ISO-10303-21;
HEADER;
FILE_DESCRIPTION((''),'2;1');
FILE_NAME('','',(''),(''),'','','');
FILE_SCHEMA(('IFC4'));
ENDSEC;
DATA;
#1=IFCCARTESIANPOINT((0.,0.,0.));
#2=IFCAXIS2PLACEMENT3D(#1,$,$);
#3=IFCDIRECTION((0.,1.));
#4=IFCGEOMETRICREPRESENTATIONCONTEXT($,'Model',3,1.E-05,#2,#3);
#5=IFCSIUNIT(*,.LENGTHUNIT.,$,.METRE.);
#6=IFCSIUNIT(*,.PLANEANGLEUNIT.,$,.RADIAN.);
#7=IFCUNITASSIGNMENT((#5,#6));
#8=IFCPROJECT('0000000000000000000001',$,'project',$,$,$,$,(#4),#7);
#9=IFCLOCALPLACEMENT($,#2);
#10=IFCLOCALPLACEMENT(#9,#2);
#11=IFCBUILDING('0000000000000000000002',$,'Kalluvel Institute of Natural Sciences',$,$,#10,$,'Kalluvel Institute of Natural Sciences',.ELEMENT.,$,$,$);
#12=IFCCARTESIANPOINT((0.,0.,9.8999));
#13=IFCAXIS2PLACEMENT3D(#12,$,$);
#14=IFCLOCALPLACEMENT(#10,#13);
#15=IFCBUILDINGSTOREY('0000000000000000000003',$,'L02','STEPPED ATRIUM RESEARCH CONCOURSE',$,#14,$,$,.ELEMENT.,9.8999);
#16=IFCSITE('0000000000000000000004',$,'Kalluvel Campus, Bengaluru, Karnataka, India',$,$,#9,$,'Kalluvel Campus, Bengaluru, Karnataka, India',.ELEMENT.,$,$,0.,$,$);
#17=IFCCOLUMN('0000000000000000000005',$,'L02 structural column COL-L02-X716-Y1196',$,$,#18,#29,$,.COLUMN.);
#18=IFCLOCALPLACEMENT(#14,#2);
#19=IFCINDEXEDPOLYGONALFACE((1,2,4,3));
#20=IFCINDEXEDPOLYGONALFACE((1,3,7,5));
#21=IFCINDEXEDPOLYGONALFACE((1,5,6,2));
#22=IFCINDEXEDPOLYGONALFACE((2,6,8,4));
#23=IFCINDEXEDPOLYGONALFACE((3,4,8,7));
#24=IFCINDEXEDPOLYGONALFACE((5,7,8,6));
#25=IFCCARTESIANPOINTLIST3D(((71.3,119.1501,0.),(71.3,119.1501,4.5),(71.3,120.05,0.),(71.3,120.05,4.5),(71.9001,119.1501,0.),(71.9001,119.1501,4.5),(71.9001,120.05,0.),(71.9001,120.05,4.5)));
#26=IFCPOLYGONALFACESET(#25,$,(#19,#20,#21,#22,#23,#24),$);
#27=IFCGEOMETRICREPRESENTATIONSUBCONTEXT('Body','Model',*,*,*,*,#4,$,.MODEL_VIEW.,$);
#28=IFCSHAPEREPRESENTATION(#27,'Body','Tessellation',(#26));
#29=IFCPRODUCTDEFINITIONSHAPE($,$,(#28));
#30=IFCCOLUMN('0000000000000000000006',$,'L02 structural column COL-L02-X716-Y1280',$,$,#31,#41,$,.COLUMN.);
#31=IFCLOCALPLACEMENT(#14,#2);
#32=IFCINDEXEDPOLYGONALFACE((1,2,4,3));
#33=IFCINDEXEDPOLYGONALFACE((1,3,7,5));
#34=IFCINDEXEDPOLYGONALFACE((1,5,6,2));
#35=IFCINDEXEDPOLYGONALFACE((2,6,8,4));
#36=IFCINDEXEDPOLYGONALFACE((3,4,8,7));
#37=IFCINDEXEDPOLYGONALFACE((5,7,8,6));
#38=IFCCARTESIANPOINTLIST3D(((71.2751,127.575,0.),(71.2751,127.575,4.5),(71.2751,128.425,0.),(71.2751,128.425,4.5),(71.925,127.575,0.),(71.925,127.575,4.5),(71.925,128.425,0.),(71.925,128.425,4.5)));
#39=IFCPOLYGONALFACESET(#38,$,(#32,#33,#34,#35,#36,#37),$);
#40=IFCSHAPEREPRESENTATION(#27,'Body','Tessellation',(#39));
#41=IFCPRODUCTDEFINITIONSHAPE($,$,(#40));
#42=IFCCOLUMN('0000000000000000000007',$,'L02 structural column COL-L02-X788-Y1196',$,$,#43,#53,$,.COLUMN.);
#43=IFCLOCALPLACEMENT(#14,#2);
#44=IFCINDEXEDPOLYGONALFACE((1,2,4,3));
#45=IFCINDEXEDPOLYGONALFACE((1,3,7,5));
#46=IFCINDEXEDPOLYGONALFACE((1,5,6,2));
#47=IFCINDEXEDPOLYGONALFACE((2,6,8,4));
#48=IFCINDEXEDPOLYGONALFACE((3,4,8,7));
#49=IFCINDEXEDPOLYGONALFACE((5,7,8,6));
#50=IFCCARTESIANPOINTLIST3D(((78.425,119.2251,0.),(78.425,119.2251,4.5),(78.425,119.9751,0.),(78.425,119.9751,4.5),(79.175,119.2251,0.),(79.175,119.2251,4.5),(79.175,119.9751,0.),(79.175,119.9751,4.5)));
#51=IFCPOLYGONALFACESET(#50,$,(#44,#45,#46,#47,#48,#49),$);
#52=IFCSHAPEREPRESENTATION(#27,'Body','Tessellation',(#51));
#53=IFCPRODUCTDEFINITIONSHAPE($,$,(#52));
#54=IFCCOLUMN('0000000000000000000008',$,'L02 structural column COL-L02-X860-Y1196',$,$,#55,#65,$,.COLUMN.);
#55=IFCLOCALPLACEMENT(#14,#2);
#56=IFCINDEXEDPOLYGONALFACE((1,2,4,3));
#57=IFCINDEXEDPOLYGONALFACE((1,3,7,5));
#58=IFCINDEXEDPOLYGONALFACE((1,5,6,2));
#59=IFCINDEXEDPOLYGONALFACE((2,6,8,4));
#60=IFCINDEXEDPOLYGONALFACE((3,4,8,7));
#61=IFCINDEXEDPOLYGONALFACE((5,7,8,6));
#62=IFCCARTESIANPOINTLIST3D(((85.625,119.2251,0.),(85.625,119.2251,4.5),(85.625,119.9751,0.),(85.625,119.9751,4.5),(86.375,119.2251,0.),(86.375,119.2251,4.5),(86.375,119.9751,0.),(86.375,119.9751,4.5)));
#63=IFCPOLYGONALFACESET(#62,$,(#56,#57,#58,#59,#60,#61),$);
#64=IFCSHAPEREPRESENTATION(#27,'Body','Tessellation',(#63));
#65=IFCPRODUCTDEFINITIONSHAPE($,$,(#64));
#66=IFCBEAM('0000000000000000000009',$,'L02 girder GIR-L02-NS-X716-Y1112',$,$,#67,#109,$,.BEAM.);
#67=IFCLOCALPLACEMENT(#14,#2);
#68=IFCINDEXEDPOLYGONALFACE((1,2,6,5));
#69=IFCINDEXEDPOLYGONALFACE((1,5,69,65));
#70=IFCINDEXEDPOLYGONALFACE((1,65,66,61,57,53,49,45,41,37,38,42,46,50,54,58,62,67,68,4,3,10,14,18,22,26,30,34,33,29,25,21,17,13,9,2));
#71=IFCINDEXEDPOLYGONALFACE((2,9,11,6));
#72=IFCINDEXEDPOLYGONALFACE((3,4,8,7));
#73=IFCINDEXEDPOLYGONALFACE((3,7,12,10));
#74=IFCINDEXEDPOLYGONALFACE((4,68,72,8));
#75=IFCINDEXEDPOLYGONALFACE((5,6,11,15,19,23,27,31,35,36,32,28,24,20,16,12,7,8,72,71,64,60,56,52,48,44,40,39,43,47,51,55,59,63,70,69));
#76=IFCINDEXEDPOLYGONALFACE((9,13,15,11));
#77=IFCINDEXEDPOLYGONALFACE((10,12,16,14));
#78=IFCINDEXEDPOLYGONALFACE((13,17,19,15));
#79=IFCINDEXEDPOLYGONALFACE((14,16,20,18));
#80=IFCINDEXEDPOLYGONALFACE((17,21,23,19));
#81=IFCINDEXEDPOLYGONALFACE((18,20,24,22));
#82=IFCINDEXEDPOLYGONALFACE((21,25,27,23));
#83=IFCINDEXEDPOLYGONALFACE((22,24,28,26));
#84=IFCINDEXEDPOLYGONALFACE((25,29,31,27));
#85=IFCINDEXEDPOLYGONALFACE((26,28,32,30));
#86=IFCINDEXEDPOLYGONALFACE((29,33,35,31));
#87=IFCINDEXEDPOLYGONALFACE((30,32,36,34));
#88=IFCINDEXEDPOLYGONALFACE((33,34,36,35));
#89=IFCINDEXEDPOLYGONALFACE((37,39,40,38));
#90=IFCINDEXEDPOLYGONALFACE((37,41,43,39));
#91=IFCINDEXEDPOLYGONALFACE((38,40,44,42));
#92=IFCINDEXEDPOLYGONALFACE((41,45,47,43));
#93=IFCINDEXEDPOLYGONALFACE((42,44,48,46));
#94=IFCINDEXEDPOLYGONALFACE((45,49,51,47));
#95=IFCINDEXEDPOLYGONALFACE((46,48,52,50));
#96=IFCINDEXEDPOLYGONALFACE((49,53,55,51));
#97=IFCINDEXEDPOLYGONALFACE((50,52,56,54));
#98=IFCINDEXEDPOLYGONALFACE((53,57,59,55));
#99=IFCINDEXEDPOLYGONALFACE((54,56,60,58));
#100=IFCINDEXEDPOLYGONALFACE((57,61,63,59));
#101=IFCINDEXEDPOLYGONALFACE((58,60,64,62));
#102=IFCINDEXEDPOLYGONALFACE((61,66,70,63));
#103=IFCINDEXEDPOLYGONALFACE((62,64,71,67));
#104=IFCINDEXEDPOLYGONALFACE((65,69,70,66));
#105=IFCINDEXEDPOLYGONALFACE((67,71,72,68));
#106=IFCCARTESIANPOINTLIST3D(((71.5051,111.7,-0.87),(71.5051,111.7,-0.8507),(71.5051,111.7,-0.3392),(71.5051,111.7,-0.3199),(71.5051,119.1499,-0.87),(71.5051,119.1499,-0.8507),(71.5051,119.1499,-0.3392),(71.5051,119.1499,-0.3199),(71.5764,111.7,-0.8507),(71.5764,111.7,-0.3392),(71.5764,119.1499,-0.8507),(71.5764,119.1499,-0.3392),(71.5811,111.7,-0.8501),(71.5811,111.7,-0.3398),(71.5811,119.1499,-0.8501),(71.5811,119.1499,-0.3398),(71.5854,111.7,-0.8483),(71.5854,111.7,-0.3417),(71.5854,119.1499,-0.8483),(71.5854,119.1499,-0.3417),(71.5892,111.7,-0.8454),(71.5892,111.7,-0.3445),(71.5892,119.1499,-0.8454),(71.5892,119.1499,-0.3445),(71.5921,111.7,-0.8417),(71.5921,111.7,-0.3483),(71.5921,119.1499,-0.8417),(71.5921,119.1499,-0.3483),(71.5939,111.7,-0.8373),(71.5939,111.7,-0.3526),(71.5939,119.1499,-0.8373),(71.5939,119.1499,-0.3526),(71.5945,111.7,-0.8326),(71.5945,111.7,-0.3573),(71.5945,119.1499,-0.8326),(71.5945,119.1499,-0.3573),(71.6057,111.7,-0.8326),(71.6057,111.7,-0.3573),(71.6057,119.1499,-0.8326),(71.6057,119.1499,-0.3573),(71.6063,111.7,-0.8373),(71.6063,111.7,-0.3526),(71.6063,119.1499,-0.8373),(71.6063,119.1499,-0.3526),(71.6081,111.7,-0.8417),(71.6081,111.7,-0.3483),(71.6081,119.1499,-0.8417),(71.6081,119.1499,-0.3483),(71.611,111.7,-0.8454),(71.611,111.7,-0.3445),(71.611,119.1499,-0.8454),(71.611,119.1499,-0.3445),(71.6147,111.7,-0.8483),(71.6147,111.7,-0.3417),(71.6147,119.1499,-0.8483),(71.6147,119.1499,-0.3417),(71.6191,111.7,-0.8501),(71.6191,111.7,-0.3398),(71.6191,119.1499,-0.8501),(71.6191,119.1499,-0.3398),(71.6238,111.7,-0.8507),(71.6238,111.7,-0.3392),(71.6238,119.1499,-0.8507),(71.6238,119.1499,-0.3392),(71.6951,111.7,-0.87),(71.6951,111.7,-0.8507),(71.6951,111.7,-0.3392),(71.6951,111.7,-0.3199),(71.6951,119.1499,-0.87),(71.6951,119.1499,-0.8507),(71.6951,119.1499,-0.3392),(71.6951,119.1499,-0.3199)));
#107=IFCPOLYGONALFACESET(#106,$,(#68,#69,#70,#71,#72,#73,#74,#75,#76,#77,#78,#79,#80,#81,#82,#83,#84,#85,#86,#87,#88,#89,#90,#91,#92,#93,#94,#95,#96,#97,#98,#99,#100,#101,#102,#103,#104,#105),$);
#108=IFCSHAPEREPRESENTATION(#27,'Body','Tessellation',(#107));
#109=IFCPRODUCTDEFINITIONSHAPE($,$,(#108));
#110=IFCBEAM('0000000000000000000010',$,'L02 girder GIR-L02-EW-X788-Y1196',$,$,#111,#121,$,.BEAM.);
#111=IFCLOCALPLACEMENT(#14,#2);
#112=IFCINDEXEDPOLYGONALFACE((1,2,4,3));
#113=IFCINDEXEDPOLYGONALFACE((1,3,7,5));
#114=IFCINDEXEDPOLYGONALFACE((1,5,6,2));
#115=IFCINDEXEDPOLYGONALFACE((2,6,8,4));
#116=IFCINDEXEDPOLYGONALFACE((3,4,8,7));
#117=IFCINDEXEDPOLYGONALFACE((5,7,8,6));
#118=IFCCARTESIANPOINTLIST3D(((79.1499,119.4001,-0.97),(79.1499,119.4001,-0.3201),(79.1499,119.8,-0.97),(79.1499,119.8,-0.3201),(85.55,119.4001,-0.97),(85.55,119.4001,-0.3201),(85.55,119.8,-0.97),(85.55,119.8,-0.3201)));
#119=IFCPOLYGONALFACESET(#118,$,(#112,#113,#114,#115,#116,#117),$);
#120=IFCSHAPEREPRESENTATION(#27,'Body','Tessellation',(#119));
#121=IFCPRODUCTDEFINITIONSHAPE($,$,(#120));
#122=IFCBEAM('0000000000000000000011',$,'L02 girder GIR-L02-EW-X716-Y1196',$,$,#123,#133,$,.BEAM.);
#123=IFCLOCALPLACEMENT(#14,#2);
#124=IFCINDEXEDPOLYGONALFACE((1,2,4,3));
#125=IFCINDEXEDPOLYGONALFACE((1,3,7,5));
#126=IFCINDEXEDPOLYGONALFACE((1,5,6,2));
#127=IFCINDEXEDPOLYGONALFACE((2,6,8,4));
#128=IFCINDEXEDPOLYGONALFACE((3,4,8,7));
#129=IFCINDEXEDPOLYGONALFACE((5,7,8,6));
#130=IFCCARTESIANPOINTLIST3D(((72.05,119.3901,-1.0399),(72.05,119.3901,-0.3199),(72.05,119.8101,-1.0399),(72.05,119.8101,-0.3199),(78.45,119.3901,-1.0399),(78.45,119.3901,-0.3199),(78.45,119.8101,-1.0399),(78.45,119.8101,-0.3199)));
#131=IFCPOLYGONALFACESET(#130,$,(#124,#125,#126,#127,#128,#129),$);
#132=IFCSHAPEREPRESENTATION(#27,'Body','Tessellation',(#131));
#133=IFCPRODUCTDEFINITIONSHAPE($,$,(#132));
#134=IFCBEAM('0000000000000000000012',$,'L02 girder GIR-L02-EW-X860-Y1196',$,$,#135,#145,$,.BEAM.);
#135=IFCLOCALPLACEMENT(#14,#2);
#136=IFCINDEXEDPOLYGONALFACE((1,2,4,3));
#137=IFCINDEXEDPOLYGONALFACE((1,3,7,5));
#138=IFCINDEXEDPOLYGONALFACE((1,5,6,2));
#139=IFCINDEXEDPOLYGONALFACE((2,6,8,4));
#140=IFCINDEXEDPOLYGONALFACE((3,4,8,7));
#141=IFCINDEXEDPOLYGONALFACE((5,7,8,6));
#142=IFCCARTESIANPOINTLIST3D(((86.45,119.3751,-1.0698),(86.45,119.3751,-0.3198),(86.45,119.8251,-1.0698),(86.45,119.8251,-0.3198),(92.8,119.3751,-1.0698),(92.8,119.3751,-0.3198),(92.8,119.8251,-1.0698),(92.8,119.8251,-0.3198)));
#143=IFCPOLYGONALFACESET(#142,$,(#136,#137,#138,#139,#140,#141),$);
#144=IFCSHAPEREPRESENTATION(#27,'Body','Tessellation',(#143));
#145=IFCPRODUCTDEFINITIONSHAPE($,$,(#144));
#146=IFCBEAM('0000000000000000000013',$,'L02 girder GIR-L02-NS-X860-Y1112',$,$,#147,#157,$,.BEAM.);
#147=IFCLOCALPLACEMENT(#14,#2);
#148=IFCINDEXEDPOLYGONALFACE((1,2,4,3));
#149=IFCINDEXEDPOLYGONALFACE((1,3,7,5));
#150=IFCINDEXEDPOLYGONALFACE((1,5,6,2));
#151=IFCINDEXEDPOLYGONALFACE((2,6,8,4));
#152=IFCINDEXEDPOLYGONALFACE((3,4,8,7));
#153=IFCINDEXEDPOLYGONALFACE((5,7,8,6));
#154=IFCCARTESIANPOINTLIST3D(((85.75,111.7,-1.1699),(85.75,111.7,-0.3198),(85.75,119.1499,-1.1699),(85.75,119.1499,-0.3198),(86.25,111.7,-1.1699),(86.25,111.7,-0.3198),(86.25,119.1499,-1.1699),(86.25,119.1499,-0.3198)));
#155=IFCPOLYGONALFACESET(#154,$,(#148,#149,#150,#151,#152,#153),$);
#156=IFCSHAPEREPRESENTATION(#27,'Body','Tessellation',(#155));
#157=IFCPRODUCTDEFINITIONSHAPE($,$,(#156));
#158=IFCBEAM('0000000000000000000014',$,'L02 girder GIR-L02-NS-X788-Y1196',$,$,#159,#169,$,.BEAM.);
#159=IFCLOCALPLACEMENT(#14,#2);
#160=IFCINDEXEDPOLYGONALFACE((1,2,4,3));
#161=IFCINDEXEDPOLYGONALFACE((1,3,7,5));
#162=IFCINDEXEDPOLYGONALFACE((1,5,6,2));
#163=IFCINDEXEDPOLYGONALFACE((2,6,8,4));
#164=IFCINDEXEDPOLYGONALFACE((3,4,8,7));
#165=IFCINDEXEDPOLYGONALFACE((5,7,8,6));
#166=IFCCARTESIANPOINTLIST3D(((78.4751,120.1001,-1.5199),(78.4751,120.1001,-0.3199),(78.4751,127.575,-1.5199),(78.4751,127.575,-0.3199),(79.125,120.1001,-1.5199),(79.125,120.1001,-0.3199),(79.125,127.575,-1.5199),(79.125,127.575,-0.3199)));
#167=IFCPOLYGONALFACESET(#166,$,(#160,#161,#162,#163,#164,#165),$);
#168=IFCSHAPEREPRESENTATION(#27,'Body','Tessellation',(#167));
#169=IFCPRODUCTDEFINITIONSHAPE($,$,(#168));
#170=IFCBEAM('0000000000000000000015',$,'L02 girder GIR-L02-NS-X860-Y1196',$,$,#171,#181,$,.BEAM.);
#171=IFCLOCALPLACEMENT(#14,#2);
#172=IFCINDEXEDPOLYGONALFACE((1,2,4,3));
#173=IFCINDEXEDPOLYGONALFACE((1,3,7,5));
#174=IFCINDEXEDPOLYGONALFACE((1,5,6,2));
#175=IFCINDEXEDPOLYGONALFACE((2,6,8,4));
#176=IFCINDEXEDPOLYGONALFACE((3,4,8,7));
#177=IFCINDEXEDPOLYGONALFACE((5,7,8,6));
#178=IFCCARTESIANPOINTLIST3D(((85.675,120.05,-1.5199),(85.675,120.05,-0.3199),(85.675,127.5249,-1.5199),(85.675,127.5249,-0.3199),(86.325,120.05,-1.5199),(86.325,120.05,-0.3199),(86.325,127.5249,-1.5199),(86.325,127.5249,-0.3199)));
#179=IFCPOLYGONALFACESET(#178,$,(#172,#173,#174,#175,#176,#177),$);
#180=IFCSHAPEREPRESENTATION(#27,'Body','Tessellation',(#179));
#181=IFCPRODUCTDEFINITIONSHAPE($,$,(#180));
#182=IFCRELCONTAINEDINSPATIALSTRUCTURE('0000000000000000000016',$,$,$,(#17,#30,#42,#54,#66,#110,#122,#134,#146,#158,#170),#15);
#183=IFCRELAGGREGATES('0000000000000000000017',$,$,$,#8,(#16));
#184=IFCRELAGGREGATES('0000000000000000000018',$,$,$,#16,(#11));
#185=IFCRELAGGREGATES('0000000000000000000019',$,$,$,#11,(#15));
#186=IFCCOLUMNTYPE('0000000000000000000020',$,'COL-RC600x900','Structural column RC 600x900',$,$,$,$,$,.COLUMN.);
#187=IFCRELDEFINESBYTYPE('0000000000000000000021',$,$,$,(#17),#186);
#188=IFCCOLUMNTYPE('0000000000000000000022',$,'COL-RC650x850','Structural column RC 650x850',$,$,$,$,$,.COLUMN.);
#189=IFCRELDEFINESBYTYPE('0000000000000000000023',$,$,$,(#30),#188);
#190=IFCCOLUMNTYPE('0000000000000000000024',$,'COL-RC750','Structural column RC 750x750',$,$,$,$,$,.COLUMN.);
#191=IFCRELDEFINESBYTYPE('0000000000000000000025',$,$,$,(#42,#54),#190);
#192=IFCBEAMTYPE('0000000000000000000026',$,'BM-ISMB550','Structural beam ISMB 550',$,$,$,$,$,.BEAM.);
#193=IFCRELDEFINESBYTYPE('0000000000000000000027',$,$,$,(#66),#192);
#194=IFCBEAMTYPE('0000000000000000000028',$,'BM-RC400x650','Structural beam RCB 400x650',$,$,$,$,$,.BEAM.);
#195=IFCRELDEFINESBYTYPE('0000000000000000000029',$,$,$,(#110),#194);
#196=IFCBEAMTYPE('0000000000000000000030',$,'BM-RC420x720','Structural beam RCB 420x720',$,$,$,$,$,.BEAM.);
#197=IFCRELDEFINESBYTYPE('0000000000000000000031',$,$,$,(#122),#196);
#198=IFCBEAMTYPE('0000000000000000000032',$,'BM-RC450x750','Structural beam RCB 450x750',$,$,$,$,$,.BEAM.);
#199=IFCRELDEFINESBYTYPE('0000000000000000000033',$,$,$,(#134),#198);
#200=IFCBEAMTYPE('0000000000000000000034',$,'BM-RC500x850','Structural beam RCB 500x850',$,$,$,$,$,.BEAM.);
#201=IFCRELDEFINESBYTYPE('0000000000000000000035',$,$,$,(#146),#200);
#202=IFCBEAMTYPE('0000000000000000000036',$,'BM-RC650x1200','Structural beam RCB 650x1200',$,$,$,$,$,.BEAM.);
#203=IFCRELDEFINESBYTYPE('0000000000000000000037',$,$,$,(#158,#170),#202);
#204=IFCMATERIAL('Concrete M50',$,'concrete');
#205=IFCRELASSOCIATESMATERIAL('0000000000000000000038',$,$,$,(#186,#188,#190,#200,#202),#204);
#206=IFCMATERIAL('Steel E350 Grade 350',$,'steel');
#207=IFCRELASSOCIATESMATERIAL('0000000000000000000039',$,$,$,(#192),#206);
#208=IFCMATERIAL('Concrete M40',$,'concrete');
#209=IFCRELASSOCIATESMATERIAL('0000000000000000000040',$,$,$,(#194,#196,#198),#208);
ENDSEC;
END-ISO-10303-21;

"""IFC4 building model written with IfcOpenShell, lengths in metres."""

from ifc_helpers import new_model, si_unit, direction, frame, origin, origin_2d, place, context, subcontext, project, spatial, rectangle, i_section, extrude, material, material_profile, profile_set, type_object, element, save


model = new_model("IFC4")

# Units and contexts
model_context = context("Model", 3, precision=1e-05, world=origin(), true_north=direction((0.0, 1.0)))
body_context = subcontext(model_context, "Body", "Model", "MODEL_VIEW")
ifc_project = project(units=[si_unit("LENGTHUNIT", "METRE"), si_unit("PLANEANGLEUNIT", "RADIAN")], contexts=[model_context])

# Site, building, storey
site_placement = place(None, origin())
site = spatial("IfcSite", under=ifc_project, at=site_placement, Name="Kalluvel Campus, Bengaluru, Karnataka, India", LongName="Kalluvel Campus, Bengaluru, Karnataka, India", CompositionType="ELEMENT", RefElevation=0.0)
building_placement = place(site_placement, origin())
building = spatial("IfcBuilding", under=site, at=building_placement, Name="Kalluvel Institute of Natural Sciences", LongName="Kalluvel Institute of Natural Sciences", CompositionType="ELEMENT")
storey_placement = place(building_placement, frame((0.0, 0.0, 9.8999)))
storey = spatial("IfcBuildingStorey", under=building, at=storey_placement, Name="L02", Description="STEPPED ATRIUM RESEARCH CONCOURSE", CompositionType="ELEMENT", Elevation=9.8999)

# Columns
ifc_material_1 = material(Name="Concrete M50", Category="concrete")
ifc_material_profile_1 = material_profile(ifc_material_1, rectangle(XDim=0.6001, YDim=0.8999, at=origin_2d()), Name="RC 600x900")
ifc_profile_set_1 = profile_set([ifc_material_profile_1], Name="Concrete M50")
column_type_1 = type_object("IfcColumnType", Name="COL-RC600x900", Description="Structural column RC 600x900", PredefinedType="COLUMN", material=ifc_profile_set_1)
column_1_placement = place(storey_placement, frame((71.6001, 119.6001, 0.0), z_axis=(0.0, 0.0, 1.0), x_axis=(1.0, 0.0, 0.0)))
element("IfcColumn", 1, at=column_1_placement, inside=storey, type_object=column_type_1, Name="L02 structural column COL-L02-X716-Y1196", PredefinedType="COLUMN", context=body_context, shape_type="SweptSolid", body=[
    extrude(rectangle(XDim=0.6001, YDim=0.8999, at=origin_2d()), origin(), (0.0, 0.0, 1.0), 4.5),
])
ifc_material_profile_2 = material_profile(ifc_material_1, rectangle(XDim=0.6499, YDim=0.8501, at=origin_2d()), Name="RC 650x850")
ifc_profile_set_2 = profile_set([ifc_material_profile_2], Name="Concrete M50")
column_type_2 = type_object("IfcColumnType", Name="COL-RC650x850", Description="Structural column RC 650x850", PredefinedType="COLUMN", material=ifc_profile_set_2)
column_2_placement = place(storey_placement, frame((71.6001, 128.0, 0.0), z_axis=(0.0, 0.0, 1.0), x_axis=(1.0, 0.0, 0.0)))
element("IfcColumn", 2, at=column_2_placement, inside=storey, type_object=column_type_2, Name="L02 structural column COL-L02-X716-Y1280", PredefinedType="COLUMN", context=body_context, shape_type="SweptSolid", body=[
    extrude(rectangle(XDim=0.6499, YDim=0.8501, at=origin_2d()), origin(), (0.0, 0.0, 1.0), 4.5),
])
ifc_material_profile_3 = material_profile(ifc_material_1, rectangle(XDim=0.75, YDim=0.75, at=origin_2d()), Name="RC 750x750")
ifc_profile_set_3 = profile_set([ifc_material_profile_3], Name="Concrete M50")
column_type_3 = type_object("IfcColumnType", Name="COL-RC750", Description="Structural column RC 750x750", PredefinedType="COLUMN", material=ifc_profile_set_3)
for number, where, z_axis, x_axis, name in (
    (3, (78.8, 119.6001, 0.0), (0.0, 0.0, 1.0), (1.0, 0.0, 0.0), "L02 structural column COL-L02-X788-Y1196"),
    (4, (86.0, 119.6001, 0.0), (0.0, 0.0, 1.0), (1.0, 0.0, 0.0), "L02 structural column COL-L02-X860-Y1196"),
):
    element("IfcColumn", number, at=place(storey_placement, frame(where, z_axis=z_axis, x_axis=x_axis)), inside=storey, type_object=column_type_3, Name=name, PredefinedType="COLUMN", context=body_context, shape_type="SweptSolid", body=[
        extrude(rectangle(XDim=0.75, YDim=0.75, at=origin_2d()), origin(), (0.0, 0.0, 1.0), 4.5),
    ])

# Beams
ifc_material_2 = material(Name="Steel E350 Grade 350", Category="steel")
ifc_material_profile_4 = material_profile(ifc_material_2, i_section(OverallWidth=0.1899, OverallDepth=0.55, WebThickness=0.0112, FlangeThickness=0.0193, FilletRadius=0.0181, at=origin_2d()), Name="ISMB 550")
ifc_profile_set_4 = profile_set([ifc_material_profile_4], Name="Steel E350 Grade 350")
beam_type_1 = type_object("IfcBeamType", Name="BM-ISMB550", Description="Structural beam ISMB 550", PredefinedType="BEAM", material=ifc_profile_set_4)
beam_1_placement = place(storey_placement, frame((71.6001, 111.7, -0.595), z_axis=(0.0, 1.0, 0.0), x_axis=(-1.0, 0.0, 0.0)))
element("IfcBeam", 5, at=beam_1_placement, inside=storey, type_object=beam_type_1, Name="L02 girder GIR-L02-NS-X716-Y1112", PredefinedType="BEAM", context=body_context, shape_type="SweptSolid", body=[
    extrude(i_section(OverallWidth=0.1899, OverallDepth=0.55, WebThickness=0.0112, FlangeThickness=0.0193, FilletRadius=0.0181, at=origin_2d()), origin(), (0.0, 0.0, 1.0), 7.45),
])
ifc_material_3 = material(Name="Concrete M40", Category="concrete")
ifc_material_profile_5 = material_profile(ifc_material_3, rectangle(XDim=0.3999, YDim=0.6499, at=origin_2d()), Name="RCB 400x650")
ifc_profile_set_5 = profile_set([ifc_material_profile_5], Name="Concrete M40")
beam_type_2 = type_object("IfcBeamType", Name="BM-RC400x650", Description="Structural beam RCB 400x650", PredefinedType="BEAM", material=ifc_profile_set_5)
beam_2_placement = place(storey_placement, frame((79.1499, 119.6001, -0.645), z_axis=(1.0, 0.0, 0.0), x_axis=(0.0, 1.0, 0.0)))
element("IfcBeam", 6, at=beam_2_placement, inside=storey, type_object=beam_type_2, Name="L02 girder GIR-L02-EW-X788-Y1196", PredefinedType="BEAM", context=body_context, shape_type="SweptSolid", body=[
    extrude(rectangle(XDim=0.3999, YDim=0.6499, at=origin_2d()), origin(), (0.0, 0.0, 1.0), 6.4001),
])
ifc_material_profile_6 = material_profile(ifc_material_3, rectangle(XDim=0.4199, YDim=0.72, at=origin_2d()), Name="RCB 420x720")
ifc_profile_set_6 = profile_set([ifc_material_profile_6], Name="Concrete M40")
beam_type_3 = type_object("IfcBeamType", Name="BM-RC420x720", Description="Structural beam RCB 420x720", PredefinedType="BEAM", material=ifc_profile_set_6)
beam_3_placement = place(storey_placement, frame((72.05, 119.6001, -0.6799), z_axis=(1.0, 0.0, 0.0), x_axis=(0.0, 1.0, 0.0)))
element("IfcBeam", 7, at=beam_3_placement, inside=storey, type_object=beam_type_3, Name="L02 girder GIR-L02-EW-X716-Y1196", PredefinedType="BEAM", context=body_context, shape_type="SweptSolid", body=[
    extrude(rectangle(XDim=0.4199, YDim=0.72, at=origin_2d()), origin(), (0.0, 0.0, 1.0), 6.3999),
])
ifc_material_profile_7 = material_profile(ifc_material_3, rectangle(XDim=0.45, YDim=0.75, at=origin_2d()), Name="RCB 450x750")
ifc_profile_set_7 = profile_set([ifc_material_profile_7], Name="Concrete M40")
beam_type_4 = type_object("IfcBeamType", Name="BM-RC450x750", Description="Structural beam RCB 450x750", PredefinedType="BEAM", material=ifc_profile_set_7)
beam_4_placement = place(storey_placement, frame((86.45, 119.6001, -0.6948), z_axis=(1.0, 0.0, 0.0), x_axis=(0.0, 1.0, 0.0)))
element("IfcBeam", 8, at=beam_4_placement, inside=storey, type_object=beam_type_4, Name="L02 girder GIR-L02-EW-X860-Y1196", PredefinedType="BEAM", context=body_context, shape_type="SweptSolid", body=[
    extrude(rectangle(XDim=0.45, YDim=0.75, at=origin_2d()), origin(), (0.0, 0.0, 1.0), 6.3501),
])
ifc_material_profile_8 = material_profile(ifc_material_1, rectangle(XDim=0.5, YDim=0.8501, at=origin_2d()), Name="RCB 500x850")
ifc_profile_set_8 = profile_set([ifc_material_profile_8], Name="Concrete M50")
beam_type_5 = type_object("IfcBeamType", Name="BM-RC500x850", Description="Structural beam RCB 500x850", PredefinedType="BEAM", material=ifc_profile_set_8)
beam_5_placement = place(storey_placement, frame((86.0, 111.7, -0.7449), z_axis=(0.0, 1.0, 0.0), x_axis=(-1.0, 0.0, 0.0)))
element("IfcBeam", 9, at=beam_5_placement, inside=storey, type_object=beam_type_5, Name="L02 girder GIR-L02-NS-X860-Y1112", PredefinedType="BEAM", context=body_context, shape_type="SweptSolid", body=[
    extrude(rectangle(XDim=0.5, YDim=0.8501, at=origin_2d()), origin(), (0.0, 0.0, 1.0), 7.45),
])
ifc_material_profile_9 = material_profile(ifc_material_1, rectangle(XDim=0.6499, YDim=1.2, at=origin_2d()), Name="RCB 650x1200")
ifc_profile_set_9 = profile_set([ifc_material_profile_9], Name="Concrete M50")
beam_type_6 = type_object("IfcBeamType", Name="BM-RC650x1200", Description="Structural beam RCB 650x1200", PredefinedType="BEAM", material=ifc_profile_set_9)
for number, where, z_axis, x_axis, name in (
    (10, (78.8, 120.1001, -0.9199), (0.0, 1.0, 0.0), (-1.0, 0.0, 0.0), "L02 girder GIR-L02-NS-X788-Y1196"),
    (11, (86.0, 120.05, -0.9199), (0.0, 1.0, 0.0), (-1.0, 0.0, 0.0), "L02 girder GIR-L02-NS-X860-Y1196"),
):
    element("IfcBeam", number, at=place(storey_placement, frame(where, z_axis=z_axis, x_axis=x_axis)), inside=storey, type_object=beam_type_6, Name=name, PredefinedType="BEAM", context=body_context, shape_type="SweptSolid", body=[
        extrude(rectangle(XDim=0.6499, YDim=1.2, at=origin_2d()), origin(), (0.0, 0.0, 1.0), 7.4749),
    ])

save(model, "model.ifc")
